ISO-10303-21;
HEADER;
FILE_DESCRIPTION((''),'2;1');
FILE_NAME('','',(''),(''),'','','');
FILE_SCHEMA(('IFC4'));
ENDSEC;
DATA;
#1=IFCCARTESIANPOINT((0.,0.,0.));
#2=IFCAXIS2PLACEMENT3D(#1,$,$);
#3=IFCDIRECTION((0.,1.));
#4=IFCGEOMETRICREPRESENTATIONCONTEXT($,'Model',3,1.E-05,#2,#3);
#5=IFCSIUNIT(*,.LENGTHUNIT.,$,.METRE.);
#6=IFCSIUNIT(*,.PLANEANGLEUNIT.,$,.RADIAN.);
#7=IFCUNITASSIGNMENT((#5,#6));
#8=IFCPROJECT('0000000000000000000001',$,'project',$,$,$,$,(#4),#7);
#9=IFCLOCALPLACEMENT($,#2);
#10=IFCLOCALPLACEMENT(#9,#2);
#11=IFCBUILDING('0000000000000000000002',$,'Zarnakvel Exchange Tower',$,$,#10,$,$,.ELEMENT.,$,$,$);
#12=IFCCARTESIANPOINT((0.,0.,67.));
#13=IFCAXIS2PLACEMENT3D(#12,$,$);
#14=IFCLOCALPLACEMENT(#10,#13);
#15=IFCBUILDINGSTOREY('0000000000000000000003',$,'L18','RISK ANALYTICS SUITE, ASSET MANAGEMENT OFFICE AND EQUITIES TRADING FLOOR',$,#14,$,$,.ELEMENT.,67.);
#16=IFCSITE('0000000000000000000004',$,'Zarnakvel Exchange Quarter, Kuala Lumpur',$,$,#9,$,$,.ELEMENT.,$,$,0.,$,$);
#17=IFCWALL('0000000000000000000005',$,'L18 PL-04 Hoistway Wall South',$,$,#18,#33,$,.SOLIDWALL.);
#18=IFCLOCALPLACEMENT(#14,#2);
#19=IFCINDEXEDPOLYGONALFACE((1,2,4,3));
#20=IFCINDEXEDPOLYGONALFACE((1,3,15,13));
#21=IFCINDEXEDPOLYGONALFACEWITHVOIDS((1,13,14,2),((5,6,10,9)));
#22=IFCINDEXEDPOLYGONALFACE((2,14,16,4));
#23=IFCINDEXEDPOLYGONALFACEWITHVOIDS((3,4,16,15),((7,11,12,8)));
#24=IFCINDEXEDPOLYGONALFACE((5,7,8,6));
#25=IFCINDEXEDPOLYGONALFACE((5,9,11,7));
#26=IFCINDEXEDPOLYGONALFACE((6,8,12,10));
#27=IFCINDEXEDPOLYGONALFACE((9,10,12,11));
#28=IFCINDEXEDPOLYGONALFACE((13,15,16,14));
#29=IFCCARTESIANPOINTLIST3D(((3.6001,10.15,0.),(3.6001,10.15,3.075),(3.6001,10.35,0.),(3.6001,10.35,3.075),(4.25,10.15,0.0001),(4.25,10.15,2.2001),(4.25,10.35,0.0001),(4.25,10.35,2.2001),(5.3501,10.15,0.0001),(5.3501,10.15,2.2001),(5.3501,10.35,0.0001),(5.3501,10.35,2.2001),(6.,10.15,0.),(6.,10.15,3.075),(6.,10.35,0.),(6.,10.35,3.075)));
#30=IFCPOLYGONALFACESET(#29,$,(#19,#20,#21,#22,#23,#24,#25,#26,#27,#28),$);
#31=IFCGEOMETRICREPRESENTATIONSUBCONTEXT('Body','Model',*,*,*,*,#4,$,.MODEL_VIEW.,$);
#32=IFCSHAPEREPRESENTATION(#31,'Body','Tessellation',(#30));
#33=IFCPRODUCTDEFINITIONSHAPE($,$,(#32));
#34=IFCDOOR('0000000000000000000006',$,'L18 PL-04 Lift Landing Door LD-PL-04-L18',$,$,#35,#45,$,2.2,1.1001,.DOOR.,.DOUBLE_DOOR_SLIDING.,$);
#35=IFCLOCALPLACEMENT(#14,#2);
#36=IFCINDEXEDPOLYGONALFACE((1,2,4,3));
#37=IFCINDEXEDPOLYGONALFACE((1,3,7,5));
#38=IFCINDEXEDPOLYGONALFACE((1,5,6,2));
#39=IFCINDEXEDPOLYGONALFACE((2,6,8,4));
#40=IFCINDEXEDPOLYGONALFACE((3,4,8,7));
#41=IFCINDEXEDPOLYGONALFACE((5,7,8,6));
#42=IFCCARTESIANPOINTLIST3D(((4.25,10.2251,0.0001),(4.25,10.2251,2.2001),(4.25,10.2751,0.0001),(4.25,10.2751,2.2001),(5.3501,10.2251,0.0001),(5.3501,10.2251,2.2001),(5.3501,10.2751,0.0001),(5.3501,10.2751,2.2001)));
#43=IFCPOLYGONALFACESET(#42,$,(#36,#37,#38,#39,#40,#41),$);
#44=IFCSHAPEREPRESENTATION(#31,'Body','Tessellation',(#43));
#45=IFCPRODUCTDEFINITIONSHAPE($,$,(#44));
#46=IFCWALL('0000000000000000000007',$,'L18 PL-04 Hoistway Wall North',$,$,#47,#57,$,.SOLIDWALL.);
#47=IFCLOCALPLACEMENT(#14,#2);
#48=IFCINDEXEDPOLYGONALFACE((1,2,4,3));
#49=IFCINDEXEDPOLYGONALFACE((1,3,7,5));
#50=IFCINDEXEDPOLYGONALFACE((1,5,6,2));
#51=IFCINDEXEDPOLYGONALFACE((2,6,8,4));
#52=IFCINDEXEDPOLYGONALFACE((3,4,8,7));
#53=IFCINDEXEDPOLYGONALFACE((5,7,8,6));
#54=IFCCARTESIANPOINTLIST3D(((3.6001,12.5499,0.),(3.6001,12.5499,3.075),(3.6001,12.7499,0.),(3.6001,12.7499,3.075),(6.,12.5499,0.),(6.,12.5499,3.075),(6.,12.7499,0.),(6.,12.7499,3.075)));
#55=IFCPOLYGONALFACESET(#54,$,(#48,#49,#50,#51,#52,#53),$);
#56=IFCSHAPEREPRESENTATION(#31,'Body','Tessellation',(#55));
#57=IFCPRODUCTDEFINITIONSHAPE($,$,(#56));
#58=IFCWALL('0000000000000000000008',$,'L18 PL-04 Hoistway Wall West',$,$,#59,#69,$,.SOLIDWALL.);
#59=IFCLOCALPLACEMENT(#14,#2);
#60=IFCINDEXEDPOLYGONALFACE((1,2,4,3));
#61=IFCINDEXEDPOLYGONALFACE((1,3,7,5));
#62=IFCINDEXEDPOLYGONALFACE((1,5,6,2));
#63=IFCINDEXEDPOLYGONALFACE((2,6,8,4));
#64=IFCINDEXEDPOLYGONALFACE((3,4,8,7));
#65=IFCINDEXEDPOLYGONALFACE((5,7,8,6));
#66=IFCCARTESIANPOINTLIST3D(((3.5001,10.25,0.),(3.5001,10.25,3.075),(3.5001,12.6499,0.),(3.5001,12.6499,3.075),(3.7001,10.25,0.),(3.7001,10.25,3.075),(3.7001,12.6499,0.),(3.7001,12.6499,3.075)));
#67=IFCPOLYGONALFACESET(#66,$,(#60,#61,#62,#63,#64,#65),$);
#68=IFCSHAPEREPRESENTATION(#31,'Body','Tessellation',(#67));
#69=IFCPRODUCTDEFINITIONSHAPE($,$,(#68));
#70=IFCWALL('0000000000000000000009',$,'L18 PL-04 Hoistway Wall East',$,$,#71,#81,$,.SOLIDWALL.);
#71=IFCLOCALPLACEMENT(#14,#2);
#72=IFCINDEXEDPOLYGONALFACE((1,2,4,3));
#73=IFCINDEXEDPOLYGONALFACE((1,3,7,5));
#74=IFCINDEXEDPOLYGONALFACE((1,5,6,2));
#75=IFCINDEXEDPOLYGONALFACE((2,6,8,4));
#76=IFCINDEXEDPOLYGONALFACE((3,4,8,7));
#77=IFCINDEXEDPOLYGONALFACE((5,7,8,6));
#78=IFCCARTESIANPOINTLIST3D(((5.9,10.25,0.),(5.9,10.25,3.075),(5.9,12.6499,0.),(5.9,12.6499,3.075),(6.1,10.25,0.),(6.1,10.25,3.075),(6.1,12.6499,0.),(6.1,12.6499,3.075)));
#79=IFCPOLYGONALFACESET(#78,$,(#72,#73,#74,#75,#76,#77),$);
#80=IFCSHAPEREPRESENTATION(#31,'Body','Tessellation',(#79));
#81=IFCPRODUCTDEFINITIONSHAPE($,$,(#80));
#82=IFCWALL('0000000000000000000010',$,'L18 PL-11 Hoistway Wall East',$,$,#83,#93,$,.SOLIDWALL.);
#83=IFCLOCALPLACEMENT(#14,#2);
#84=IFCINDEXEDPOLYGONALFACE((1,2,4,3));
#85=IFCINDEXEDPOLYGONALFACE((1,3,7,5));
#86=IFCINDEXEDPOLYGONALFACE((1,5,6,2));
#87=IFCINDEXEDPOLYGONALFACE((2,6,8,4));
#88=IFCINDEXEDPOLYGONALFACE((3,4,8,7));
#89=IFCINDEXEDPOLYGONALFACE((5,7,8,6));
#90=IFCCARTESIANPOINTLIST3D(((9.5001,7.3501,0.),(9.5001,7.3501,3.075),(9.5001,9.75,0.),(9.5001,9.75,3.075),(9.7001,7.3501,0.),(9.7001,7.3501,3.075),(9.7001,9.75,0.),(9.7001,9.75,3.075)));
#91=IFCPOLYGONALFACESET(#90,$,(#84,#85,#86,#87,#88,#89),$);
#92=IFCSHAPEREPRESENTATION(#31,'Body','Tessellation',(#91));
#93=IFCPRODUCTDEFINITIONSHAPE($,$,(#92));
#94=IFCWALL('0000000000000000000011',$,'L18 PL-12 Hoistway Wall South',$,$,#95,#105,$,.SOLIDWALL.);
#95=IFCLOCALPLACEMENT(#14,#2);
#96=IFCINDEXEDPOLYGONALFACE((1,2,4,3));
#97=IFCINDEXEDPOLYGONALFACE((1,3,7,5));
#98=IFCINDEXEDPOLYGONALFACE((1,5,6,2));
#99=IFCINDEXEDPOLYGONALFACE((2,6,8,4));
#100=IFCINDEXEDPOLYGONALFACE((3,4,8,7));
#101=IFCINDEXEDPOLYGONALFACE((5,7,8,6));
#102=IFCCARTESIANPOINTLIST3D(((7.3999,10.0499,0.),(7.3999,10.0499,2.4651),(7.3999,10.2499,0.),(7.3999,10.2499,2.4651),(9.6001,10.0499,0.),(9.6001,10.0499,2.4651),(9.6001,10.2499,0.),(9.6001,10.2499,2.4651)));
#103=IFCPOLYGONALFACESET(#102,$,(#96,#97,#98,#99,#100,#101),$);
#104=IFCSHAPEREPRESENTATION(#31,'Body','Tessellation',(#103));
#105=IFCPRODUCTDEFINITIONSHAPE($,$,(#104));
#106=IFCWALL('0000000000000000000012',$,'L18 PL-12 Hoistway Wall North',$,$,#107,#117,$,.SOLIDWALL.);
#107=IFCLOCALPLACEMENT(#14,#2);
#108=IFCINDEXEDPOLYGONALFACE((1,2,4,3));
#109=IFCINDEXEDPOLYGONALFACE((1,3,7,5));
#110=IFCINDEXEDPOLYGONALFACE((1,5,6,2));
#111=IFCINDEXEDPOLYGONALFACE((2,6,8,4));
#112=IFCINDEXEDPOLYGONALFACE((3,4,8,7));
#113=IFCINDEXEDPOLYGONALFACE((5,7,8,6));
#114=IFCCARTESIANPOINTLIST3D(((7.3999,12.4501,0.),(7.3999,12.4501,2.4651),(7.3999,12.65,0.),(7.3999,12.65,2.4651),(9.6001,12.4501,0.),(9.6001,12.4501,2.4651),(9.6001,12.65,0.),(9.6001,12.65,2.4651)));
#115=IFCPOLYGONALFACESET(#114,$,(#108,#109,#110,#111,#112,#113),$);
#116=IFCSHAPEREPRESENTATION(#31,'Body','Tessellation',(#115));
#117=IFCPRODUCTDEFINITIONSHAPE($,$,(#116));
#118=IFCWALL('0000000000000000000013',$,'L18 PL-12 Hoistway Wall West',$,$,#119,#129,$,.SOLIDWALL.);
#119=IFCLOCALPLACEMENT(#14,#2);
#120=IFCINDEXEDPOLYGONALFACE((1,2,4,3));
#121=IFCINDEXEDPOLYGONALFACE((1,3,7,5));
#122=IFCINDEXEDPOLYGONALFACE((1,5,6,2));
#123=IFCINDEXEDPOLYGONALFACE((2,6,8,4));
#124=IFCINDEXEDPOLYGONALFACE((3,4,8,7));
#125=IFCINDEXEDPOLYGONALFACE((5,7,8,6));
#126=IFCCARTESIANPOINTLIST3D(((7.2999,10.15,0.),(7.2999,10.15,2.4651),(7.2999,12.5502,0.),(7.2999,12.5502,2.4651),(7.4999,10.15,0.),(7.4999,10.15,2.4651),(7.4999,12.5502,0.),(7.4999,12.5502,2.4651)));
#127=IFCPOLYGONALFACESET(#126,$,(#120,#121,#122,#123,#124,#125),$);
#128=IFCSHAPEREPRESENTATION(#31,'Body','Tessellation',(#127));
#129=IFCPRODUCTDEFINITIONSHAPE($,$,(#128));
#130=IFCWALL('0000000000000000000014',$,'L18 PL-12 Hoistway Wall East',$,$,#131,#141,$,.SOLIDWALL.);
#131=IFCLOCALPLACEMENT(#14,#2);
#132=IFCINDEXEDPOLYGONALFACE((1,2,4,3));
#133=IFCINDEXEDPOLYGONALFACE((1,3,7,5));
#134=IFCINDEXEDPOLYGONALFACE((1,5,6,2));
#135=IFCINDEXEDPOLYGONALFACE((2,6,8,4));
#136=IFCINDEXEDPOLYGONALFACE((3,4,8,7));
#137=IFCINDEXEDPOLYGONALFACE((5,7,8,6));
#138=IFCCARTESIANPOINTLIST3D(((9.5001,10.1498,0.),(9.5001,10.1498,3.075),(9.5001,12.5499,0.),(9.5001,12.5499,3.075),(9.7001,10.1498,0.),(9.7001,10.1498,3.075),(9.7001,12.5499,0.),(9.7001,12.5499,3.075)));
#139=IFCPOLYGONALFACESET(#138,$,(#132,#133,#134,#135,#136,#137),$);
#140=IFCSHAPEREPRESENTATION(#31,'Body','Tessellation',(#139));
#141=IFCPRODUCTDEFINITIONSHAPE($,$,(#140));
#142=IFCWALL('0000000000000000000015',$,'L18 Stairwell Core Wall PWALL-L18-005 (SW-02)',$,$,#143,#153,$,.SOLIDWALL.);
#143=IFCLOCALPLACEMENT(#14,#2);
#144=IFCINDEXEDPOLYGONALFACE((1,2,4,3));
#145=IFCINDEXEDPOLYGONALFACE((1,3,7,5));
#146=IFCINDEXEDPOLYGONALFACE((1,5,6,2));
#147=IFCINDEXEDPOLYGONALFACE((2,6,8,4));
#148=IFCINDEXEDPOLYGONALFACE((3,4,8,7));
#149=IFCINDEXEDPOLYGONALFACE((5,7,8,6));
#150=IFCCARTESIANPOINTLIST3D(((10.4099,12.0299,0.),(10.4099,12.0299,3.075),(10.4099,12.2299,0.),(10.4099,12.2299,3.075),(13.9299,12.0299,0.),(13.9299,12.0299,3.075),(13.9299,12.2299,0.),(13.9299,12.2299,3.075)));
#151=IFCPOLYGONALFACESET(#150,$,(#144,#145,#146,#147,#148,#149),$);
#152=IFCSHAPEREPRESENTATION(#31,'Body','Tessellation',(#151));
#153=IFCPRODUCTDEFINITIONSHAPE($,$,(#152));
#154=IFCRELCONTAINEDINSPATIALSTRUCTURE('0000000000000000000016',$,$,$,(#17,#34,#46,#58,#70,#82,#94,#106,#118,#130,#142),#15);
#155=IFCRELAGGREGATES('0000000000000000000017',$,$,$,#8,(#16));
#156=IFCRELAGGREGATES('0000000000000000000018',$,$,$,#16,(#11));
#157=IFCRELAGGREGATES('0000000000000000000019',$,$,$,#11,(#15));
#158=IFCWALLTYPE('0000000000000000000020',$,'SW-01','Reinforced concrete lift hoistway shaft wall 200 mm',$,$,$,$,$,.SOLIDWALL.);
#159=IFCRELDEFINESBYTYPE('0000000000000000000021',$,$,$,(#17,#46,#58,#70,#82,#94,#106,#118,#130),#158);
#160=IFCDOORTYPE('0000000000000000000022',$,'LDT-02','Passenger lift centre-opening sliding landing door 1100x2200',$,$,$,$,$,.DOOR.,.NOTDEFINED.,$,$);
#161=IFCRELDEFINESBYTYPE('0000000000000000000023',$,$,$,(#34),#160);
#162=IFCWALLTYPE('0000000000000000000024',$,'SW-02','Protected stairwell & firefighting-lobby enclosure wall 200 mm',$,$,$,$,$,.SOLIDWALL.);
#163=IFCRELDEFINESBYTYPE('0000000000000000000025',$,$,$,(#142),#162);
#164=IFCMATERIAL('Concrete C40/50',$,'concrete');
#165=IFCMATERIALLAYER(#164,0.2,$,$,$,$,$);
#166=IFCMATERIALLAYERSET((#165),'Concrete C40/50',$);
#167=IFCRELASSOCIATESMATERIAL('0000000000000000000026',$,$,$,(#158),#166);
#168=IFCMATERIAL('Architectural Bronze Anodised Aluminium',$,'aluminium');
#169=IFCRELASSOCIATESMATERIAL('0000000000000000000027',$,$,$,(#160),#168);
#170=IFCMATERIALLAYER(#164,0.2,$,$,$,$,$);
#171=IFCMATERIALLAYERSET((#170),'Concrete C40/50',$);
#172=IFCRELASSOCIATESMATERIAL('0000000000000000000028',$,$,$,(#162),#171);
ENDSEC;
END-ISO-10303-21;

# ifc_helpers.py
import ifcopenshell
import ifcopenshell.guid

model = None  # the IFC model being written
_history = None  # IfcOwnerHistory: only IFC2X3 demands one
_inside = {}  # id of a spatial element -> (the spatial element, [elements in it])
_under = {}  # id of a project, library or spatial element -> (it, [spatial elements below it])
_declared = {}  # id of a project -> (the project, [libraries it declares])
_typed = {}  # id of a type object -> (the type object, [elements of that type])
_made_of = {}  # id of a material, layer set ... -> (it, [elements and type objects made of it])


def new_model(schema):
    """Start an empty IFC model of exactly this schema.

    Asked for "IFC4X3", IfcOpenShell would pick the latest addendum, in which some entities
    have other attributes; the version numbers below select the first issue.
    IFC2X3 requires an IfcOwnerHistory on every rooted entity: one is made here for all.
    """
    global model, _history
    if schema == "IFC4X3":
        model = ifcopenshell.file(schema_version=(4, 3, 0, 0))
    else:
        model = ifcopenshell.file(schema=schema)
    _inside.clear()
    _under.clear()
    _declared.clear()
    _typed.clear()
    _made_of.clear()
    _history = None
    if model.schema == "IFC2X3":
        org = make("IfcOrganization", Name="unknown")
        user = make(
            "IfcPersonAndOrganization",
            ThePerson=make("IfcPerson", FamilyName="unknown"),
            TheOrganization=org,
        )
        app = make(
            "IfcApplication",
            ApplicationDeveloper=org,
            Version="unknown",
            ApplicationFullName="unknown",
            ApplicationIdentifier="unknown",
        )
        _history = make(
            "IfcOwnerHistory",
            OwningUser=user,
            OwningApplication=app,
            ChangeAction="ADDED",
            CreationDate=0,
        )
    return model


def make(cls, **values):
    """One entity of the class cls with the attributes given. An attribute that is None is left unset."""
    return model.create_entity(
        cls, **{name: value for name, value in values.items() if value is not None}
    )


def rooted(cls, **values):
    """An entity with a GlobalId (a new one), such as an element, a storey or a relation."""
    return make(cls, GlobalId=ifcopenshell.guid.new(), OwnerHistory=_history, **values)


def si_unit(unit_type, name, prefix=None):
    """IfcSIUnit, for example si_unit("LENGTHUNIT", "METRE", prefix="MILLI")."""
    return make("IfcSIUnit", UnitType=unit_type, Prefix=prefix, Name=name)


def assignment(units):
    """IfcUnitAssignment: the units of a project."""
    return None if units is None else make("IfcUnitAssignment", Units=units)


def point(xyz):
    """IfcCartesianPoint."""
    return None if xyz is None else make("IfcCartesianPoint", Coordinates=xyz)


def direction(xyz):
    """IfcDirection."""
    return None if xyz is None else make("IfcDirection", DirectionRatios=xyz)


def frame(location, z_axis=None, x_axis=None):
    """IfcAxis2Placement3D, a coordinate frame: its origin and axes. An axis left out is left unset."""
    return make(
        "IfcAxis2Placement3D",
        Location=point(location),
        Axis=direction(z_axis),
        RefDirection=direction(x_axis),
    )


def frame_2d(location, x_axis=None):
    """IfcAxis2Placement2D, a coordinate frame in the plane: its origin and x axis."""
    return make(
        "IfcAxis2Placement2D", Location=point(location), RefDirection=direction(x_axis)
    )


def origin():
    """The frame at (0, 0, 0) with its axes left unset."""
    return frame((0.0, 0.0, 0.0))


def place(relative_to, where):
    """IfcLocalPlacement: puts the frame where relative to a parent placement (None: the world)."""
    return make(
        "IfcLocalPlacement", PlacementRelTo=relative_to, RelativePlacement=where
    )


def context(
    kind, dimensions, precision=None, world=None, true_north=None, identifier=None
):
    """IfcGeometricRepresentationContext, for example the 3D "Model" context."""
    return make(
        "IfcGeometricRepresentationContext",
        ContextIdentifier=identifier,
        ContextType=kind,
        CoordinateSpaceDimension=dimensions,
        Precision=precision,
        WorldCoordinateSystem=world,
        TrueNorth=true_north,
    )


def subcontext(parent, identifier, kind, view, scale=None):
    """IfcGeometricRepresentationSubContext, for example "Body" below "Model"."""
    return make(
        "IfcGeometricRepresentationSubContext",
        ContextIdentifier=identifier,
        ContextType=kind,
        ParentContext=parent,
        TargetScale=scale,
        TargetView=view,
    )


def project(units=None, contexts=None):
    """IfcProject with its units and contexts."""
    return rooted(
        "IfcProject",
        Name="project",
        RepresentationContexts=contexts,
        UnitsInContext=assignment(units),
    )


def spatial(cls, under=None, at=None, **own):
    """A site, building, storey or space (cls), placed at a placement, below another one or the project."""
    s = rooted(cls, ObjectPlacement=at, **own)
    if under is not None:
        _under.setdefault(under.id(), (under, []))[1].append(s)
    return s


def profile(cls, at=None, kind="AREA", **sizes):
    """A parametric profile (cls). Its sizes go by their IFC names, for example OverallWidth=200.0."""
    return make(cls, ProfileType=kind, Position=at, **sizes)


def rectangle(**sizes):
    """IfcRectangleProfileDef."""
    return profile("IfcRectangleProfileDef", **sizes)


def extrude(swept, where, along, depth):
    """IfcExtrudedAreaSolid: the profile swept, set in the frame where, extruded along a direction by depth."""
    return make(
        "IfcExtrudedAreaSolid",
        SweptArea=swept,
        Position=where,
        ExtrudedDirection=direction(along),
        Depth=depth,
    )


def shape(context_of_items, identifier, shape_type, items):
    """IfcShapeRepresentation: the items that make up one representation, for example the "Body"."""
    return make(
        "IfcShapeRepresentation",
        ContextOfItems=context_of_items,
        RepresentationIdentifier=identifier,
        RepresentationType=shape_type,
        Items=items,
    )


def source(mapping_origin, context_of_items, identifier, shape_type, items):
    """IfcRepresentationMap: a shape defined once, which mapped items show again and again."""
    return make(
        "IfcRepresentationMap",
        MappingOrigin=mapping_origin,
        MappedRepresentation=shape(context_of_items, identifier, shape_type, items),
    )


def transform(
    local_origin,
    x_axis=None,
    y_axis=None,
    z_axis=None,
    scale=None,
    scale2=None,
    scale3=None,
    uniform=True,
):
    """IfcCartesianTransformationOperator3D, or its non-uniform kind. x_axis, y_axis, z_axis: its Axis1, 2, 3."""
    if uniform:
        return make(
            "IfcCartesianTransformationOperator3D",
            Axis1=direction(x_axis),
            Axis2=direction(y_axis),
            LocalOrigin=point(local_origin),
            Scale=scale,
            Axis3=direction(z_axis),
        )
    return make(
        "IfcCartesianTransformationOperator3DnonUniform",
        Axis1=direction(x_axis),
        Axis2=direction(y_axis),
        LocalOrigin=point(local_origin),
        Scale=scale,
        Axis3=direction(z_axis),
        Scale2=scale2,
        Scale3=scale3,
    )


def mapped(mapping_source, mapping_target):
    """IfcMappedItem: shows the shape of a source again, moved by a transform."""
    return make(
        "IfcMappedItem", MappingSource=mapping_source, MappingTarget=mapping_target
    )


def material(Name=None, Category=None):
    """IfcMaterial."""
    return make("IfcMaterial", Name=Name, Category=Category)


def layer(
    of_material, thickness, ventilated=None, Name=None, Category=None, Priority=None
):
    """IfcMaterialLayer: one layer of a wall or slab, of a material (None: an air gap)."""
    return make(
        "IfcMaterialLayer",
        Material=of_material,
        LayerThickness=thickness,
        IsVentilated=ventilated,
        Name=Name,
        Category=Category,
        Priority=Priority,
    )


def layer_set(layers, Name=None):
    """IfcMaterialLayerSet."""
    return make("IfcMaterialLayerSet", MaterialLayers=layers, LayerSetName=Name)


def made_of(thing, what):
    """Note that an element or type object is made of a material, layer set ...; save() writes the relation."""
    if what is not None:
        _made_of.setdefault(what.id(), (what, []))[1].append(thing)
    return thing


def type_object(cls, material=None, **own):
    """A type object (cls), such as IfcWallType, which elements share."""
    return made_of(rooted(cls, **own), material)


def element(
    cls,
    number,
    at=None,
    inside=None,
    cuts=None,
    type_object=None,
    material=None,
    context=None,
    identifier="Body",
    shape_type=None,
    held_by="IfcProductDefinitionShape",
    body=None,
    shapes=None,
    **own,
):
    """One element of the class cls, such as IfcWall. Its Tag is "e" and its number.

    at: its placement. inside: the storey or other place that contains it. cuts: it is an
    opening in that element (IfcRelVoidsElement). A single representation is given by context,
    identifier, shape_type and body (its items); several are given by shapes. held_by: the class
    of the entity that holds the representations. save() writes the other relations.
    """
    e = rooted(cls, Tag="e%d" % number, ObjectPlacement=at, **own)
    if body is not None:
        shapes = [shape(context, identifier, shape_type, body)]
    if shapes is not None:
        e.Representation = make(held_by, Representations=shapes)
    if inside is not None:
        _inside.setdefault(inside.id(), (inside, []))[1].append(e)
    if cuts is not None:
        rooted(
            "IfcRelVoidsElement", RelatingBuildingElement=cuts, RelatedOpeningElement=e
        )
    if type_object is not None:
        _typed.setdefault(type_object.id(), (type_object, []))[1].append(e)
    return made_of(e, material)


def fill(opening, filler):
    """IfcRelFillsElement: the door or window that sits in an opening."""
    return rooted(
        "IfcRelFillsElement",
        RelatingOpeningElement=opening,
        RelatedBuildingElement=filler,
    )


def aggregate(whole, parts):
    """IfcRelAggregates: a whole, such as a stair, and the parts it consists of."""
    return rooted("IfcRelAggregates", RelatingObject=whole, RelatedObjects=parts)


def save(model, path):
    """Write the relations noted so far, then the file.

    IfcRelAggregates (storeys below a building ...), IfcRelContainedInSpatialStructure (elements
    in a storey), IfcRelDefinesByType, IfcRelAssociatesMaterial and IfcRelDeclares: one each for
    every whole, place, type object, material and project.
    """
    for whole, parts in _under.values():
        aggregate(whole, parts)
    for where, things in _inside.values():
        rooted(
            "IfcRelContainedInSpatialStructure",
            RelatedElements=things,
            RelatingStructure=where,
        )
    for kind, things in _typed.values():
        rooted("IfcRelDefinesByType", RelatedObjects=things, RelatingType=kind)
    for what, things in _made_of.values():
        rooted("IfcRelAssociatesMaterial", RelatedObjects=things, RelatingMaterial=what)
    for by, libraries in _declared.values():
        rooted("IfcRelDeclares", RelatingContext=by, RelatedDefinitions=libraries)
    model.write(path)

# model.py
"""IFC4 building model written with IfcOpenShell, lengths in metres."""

from ifc_helpers import new_model, si_unit, direction, frame, frame_2d, origin, place, context, subcontext, project, spatial, rectangle, extrude, source, transform, mapped, material, layer, layer_set, type_object, element, fill, save


model = new_model("IFC4")

# Units and contexts
model_context = context("Model", 3, precision=1e-05, world=origin(), true_north=direction((0.0, 1.0)))
body_context = subcontext(model_context, "Body", "Model", "MODEL_VIEW")
ifc_project = project(units=[si_unit("LENGTHUNIT", "METRE"), si_unit("PLANEANGLEUNIT", "RADIAN")], contexts=[model_context])

# Site, building, storey
site_placement = place(None, origin())
site = spatial("IfcSite", under=ifc_project, at=site_placement, Name="Zarnakvel Exchange Quarter, Kuala Lumpur", CompositionType="ELEMENT", RefElevation=0.0)
building_placement = place(site_placement, origin())
building = spatial("IfcBuilding", under=site, at=building_placement, Name="Zarnakvel Exchange Tower", CompositionType="ELEMENT")
storey_placement = place(building_placement, frame((0.0, 0.0, 67.0)))
storey = spatial("IfcBuildingStorey", under=building, at=storey_placement, Name="L18", Description="RISK ANALYTICS SUITE, ASSET MANAGEMENT OFFICE AND EQUITIES TRADING FLOOR", CompositionType="ELEMENT", Elevation=67.0)

# Shared definitions
ifc_material_1 = material(Name="Architectural Bronze Anodised Aluminium", Category="aluminium")

# Shared definitions
ifc_material_2 = material(Name="Concrete C40/50", Category="concrete")
ifc_layer_1 = layer(ifc_material_2, 0.2)
ifc_layer_set_1 = layer_set([ifc_layer_1], Name="Concrete C40/50")
wall_type_1 = type_object("IfcWallType", Name="SW-01", Description="Reinforced concrete lift hoistway shaft wall 200 mm", PredefinedType="SOLIDWALL", material=ifc_layer_set_1)
door_type = type_object("IfcDoorType", Name="LDT-02", Description="Passenger lift centre-opening sliding landing door 1100x2200", OperationType="NOTDEFINED", PredefinedType="DOOR", material=ifc_material_1)
shared_shape_1 = source(origin(), body_context, "Body", "SweptSolid", [
    extrude(rectangle(XDim=1.1001, YDim=2.2, at=frame_2d((0.55, 1.1001))), frame((0.0, 0.0249, 0.0), z_axis=(0.0, -1.0, 0.0), x_axis=(1.0, 0.0, 0.0)), (0.0, 0.0, 1.0), 0.05),
])

# Wall, opening, door
wall_1_placement = place(storey_placement, frame((6.0, 10.25, 0.0), z_axis=(0.0, 0.0, 1.0), x_axis=(-1.0, 0.0, 0.0)))
wall_1 = element("IfcWall", 1, at=wall_1_placement, inside=storey, type_object=wall_type_1, Name="L18 PL-04 Hoistway Wall South", PredefinedType="SOLIDWALL", context=body_context, shape_type="SweptSolid", body=[
    extrude(rectangle(XDim=2.3999, YDim=0.2, at=frame_2d((1.2, 0.0))), origin(), (0.0, 0.0, 1.0), 3.075),
])
opening_1_placement = place(wall_1_placement, frame((0.6499, 0.0, 0.0)))
opening_1 = element("IfcOpeningElement", 2, at=opening_1_placement, cuts=wall_1, PredefinedType="OPENING", context=body_context, shape_type="SweptSolid", body=[
    extrude(rectangle(XDim=1.1001, YDim=2.2, at=frame_2d((0.55, 1.1001))), frame((0.0, 0.1099, 0.0), z_axis=(0.0, -1.0, 0.0), x_axis=(1.0, 0.0, 0.0)), (0.0, 0.0, 1.0), 0.22),
])
door_1_placement = place(opening_1_placement, origin())
door_1 = element("IfcDoor", 3, at=door_1_placement, inside=storey, type_object=door_type, Name="L18 PL-04 Lift Landing Door LD-PL-04-L18", OperationType="DOUBLE_DOOR_SLIDING", OverallHeight=2.2, OverallWidth=1.1001, PredefinedType="DOOR", context=body_context, shape_type="MappedRepresentation", body=[
    mapped(shared_shape_1, transform((0.0, 0.0, 0.0), x_axis=(1.0, 0.0, 0.0), y_axis=(0.0, 1.0, 0.0), z_axis=(0.0, 0.0, 1.0), scale=1.0)),
])
fill(opening_1, door_1)

# Walls
for number, where, z_axis, x_axis, name in (
    (4, (3.6001, 12.6499, 0.0), (0.0, 0.0, 1.0), (1.0, 0.0, 0.0), "L18 PL-04 Hoistway Wall North"),
    (5, (3.6001, 10.25, 0.0), (0.0, 0.0, 1.0), (0.0, 1.0, 0.0), "L18 PL-04 Hoistway Wall West"),
    (6, (6.0, 12.6499, 0.0), (0.0, 0.0, 1.0), (0.0, -1.0, 0.0), "L18 PL-04 Hoistway Wall East"),
    (7, (9.6001, 9.75, 0.0), (0.0, 0.0, 1.0), (0.0, -1.0, 0.0), "L18 PL-11 Hoistway Wall East"),
):
    element("IfcWall", number, at=place(storey_placement, frame(where, z_axis=z_axis, x_axis=x_axis)), inside=storey, type_object=wall_type_1, Name=name, PredefinedType="SOLIDWALL", context=body_context, shape_type="SweptSolid", body=[
        extrude(rectangle(XDim=2.3999, YDim=0.2, at=frame_2d((1.2, 0.0))), origin(), (0.0, 0.0, 1.0), 3.075),
    ])
for number, where, z_axis, x_axis, name in (
    (8, (9.6001, 10.1499, 0.0), (0.0, 0.0, 1.0), (-1.0, 0.0, 0.0), "L18 PL-12 Hoistway Wall South"),
    (9, (7.3999, 12.55, 0.0), (0.0, 0.0, 1.0), (1.0, 0.0, 0.0), "L18 PL-12 Hoistway Wall North"),
):
    element("IfcWall", number, at=place(storey_placement, frame(where, z_axis=z_axis, x_axis=x_axis)), inside=storey, type_object=wall_type_1, Name=name, PredefinedType="SOLIDWALL", context=body_context, shape_type="SweptSolid", body=[
        extrude(rectangle(XDim=2.2002, YDim=0.2, at=frame_2d((1.1001, 0.0))), origin(), (0.0, 0.0, 1.0), 2.4651),
    ])
wall_2_placement = place(storey_placement, frame((7.3999, 10.1499, 0.0), z_axis=(0.0, 0.0, 1.0), x_axis=(0.0, 1.0, 0.0)))
element("IfcWall", 10, at=wall_2_placement, inside=storey, type_object=wall_type_1, Name="L18 PL-12 Hoistway Wall West", PredefinedType="SOLIDWALL", context=body_context, shape_type="SweptSolid", body=[
    extrude(rectangle(XDim=2.4001, YDim=0.2, at=frame_2d((1.2002, 0.0))), origin(), (0.0, 0.0, 1.0), 2.4651),
])
wall_3_placement = place(storey_placement, frame((9.6001, 12.55, 0.0), z_axis=(0.0, 0.0, 1.0), x_axis=(0.0, -1.0, 0.0)))
element("IfcWall", 11, at=wall_3_placement, inside=storey, type_object=wall_type_1, Name="L18 PL-12 Hoistway Wall East", PredefinedType="SOLIDWALL", context=body_context, shape_type="SweptSolid", body=[
    extrude(rectangle(XDim=2.4001, YDim=0.2, at=frame_2d((1.2002, 0.0))), origin(), (0.0, 0.0, 1.0), 3.075),
])
ifc_layer_2 = layer(ifc_material_2, 0.2)
ifc_layer_set_2 = layer_set([ifc_layer_2], Name="Concrete C40/50")
wall_type_2 = type_object("IfcWallType", Name="SW-02", Description="Protected stairwell & firefighting-lobby enclosure wall 200 mm", PredefinedType="SOLIDWALL", material=ifc_layer_set_2)
wall_4_placement = place(storey_placement, frame((10.4099, 12.1299, 0.0), z_axis=(0.0, 0.0, 1.0), x_axis=(1.0, 0.0, 0.0)))
element("IfcWall", 12, at=wall_4_placement, inside=storey, type_object=wall_type_2, Name="L18 Stairwell Core Wall PWALL-L18-005 (SW-02)", PredefinedType="SOLIDWALL", context=body_context, shape_type="SweptSolid", body=[
    extrude(rectangle(XDim=3.52, YDim=0.2, at=frame_2d((1.76, 0.0))), origin(), (0.0, 0.0, 1.0), 3.075),
])

save(model, "model.ifc")
